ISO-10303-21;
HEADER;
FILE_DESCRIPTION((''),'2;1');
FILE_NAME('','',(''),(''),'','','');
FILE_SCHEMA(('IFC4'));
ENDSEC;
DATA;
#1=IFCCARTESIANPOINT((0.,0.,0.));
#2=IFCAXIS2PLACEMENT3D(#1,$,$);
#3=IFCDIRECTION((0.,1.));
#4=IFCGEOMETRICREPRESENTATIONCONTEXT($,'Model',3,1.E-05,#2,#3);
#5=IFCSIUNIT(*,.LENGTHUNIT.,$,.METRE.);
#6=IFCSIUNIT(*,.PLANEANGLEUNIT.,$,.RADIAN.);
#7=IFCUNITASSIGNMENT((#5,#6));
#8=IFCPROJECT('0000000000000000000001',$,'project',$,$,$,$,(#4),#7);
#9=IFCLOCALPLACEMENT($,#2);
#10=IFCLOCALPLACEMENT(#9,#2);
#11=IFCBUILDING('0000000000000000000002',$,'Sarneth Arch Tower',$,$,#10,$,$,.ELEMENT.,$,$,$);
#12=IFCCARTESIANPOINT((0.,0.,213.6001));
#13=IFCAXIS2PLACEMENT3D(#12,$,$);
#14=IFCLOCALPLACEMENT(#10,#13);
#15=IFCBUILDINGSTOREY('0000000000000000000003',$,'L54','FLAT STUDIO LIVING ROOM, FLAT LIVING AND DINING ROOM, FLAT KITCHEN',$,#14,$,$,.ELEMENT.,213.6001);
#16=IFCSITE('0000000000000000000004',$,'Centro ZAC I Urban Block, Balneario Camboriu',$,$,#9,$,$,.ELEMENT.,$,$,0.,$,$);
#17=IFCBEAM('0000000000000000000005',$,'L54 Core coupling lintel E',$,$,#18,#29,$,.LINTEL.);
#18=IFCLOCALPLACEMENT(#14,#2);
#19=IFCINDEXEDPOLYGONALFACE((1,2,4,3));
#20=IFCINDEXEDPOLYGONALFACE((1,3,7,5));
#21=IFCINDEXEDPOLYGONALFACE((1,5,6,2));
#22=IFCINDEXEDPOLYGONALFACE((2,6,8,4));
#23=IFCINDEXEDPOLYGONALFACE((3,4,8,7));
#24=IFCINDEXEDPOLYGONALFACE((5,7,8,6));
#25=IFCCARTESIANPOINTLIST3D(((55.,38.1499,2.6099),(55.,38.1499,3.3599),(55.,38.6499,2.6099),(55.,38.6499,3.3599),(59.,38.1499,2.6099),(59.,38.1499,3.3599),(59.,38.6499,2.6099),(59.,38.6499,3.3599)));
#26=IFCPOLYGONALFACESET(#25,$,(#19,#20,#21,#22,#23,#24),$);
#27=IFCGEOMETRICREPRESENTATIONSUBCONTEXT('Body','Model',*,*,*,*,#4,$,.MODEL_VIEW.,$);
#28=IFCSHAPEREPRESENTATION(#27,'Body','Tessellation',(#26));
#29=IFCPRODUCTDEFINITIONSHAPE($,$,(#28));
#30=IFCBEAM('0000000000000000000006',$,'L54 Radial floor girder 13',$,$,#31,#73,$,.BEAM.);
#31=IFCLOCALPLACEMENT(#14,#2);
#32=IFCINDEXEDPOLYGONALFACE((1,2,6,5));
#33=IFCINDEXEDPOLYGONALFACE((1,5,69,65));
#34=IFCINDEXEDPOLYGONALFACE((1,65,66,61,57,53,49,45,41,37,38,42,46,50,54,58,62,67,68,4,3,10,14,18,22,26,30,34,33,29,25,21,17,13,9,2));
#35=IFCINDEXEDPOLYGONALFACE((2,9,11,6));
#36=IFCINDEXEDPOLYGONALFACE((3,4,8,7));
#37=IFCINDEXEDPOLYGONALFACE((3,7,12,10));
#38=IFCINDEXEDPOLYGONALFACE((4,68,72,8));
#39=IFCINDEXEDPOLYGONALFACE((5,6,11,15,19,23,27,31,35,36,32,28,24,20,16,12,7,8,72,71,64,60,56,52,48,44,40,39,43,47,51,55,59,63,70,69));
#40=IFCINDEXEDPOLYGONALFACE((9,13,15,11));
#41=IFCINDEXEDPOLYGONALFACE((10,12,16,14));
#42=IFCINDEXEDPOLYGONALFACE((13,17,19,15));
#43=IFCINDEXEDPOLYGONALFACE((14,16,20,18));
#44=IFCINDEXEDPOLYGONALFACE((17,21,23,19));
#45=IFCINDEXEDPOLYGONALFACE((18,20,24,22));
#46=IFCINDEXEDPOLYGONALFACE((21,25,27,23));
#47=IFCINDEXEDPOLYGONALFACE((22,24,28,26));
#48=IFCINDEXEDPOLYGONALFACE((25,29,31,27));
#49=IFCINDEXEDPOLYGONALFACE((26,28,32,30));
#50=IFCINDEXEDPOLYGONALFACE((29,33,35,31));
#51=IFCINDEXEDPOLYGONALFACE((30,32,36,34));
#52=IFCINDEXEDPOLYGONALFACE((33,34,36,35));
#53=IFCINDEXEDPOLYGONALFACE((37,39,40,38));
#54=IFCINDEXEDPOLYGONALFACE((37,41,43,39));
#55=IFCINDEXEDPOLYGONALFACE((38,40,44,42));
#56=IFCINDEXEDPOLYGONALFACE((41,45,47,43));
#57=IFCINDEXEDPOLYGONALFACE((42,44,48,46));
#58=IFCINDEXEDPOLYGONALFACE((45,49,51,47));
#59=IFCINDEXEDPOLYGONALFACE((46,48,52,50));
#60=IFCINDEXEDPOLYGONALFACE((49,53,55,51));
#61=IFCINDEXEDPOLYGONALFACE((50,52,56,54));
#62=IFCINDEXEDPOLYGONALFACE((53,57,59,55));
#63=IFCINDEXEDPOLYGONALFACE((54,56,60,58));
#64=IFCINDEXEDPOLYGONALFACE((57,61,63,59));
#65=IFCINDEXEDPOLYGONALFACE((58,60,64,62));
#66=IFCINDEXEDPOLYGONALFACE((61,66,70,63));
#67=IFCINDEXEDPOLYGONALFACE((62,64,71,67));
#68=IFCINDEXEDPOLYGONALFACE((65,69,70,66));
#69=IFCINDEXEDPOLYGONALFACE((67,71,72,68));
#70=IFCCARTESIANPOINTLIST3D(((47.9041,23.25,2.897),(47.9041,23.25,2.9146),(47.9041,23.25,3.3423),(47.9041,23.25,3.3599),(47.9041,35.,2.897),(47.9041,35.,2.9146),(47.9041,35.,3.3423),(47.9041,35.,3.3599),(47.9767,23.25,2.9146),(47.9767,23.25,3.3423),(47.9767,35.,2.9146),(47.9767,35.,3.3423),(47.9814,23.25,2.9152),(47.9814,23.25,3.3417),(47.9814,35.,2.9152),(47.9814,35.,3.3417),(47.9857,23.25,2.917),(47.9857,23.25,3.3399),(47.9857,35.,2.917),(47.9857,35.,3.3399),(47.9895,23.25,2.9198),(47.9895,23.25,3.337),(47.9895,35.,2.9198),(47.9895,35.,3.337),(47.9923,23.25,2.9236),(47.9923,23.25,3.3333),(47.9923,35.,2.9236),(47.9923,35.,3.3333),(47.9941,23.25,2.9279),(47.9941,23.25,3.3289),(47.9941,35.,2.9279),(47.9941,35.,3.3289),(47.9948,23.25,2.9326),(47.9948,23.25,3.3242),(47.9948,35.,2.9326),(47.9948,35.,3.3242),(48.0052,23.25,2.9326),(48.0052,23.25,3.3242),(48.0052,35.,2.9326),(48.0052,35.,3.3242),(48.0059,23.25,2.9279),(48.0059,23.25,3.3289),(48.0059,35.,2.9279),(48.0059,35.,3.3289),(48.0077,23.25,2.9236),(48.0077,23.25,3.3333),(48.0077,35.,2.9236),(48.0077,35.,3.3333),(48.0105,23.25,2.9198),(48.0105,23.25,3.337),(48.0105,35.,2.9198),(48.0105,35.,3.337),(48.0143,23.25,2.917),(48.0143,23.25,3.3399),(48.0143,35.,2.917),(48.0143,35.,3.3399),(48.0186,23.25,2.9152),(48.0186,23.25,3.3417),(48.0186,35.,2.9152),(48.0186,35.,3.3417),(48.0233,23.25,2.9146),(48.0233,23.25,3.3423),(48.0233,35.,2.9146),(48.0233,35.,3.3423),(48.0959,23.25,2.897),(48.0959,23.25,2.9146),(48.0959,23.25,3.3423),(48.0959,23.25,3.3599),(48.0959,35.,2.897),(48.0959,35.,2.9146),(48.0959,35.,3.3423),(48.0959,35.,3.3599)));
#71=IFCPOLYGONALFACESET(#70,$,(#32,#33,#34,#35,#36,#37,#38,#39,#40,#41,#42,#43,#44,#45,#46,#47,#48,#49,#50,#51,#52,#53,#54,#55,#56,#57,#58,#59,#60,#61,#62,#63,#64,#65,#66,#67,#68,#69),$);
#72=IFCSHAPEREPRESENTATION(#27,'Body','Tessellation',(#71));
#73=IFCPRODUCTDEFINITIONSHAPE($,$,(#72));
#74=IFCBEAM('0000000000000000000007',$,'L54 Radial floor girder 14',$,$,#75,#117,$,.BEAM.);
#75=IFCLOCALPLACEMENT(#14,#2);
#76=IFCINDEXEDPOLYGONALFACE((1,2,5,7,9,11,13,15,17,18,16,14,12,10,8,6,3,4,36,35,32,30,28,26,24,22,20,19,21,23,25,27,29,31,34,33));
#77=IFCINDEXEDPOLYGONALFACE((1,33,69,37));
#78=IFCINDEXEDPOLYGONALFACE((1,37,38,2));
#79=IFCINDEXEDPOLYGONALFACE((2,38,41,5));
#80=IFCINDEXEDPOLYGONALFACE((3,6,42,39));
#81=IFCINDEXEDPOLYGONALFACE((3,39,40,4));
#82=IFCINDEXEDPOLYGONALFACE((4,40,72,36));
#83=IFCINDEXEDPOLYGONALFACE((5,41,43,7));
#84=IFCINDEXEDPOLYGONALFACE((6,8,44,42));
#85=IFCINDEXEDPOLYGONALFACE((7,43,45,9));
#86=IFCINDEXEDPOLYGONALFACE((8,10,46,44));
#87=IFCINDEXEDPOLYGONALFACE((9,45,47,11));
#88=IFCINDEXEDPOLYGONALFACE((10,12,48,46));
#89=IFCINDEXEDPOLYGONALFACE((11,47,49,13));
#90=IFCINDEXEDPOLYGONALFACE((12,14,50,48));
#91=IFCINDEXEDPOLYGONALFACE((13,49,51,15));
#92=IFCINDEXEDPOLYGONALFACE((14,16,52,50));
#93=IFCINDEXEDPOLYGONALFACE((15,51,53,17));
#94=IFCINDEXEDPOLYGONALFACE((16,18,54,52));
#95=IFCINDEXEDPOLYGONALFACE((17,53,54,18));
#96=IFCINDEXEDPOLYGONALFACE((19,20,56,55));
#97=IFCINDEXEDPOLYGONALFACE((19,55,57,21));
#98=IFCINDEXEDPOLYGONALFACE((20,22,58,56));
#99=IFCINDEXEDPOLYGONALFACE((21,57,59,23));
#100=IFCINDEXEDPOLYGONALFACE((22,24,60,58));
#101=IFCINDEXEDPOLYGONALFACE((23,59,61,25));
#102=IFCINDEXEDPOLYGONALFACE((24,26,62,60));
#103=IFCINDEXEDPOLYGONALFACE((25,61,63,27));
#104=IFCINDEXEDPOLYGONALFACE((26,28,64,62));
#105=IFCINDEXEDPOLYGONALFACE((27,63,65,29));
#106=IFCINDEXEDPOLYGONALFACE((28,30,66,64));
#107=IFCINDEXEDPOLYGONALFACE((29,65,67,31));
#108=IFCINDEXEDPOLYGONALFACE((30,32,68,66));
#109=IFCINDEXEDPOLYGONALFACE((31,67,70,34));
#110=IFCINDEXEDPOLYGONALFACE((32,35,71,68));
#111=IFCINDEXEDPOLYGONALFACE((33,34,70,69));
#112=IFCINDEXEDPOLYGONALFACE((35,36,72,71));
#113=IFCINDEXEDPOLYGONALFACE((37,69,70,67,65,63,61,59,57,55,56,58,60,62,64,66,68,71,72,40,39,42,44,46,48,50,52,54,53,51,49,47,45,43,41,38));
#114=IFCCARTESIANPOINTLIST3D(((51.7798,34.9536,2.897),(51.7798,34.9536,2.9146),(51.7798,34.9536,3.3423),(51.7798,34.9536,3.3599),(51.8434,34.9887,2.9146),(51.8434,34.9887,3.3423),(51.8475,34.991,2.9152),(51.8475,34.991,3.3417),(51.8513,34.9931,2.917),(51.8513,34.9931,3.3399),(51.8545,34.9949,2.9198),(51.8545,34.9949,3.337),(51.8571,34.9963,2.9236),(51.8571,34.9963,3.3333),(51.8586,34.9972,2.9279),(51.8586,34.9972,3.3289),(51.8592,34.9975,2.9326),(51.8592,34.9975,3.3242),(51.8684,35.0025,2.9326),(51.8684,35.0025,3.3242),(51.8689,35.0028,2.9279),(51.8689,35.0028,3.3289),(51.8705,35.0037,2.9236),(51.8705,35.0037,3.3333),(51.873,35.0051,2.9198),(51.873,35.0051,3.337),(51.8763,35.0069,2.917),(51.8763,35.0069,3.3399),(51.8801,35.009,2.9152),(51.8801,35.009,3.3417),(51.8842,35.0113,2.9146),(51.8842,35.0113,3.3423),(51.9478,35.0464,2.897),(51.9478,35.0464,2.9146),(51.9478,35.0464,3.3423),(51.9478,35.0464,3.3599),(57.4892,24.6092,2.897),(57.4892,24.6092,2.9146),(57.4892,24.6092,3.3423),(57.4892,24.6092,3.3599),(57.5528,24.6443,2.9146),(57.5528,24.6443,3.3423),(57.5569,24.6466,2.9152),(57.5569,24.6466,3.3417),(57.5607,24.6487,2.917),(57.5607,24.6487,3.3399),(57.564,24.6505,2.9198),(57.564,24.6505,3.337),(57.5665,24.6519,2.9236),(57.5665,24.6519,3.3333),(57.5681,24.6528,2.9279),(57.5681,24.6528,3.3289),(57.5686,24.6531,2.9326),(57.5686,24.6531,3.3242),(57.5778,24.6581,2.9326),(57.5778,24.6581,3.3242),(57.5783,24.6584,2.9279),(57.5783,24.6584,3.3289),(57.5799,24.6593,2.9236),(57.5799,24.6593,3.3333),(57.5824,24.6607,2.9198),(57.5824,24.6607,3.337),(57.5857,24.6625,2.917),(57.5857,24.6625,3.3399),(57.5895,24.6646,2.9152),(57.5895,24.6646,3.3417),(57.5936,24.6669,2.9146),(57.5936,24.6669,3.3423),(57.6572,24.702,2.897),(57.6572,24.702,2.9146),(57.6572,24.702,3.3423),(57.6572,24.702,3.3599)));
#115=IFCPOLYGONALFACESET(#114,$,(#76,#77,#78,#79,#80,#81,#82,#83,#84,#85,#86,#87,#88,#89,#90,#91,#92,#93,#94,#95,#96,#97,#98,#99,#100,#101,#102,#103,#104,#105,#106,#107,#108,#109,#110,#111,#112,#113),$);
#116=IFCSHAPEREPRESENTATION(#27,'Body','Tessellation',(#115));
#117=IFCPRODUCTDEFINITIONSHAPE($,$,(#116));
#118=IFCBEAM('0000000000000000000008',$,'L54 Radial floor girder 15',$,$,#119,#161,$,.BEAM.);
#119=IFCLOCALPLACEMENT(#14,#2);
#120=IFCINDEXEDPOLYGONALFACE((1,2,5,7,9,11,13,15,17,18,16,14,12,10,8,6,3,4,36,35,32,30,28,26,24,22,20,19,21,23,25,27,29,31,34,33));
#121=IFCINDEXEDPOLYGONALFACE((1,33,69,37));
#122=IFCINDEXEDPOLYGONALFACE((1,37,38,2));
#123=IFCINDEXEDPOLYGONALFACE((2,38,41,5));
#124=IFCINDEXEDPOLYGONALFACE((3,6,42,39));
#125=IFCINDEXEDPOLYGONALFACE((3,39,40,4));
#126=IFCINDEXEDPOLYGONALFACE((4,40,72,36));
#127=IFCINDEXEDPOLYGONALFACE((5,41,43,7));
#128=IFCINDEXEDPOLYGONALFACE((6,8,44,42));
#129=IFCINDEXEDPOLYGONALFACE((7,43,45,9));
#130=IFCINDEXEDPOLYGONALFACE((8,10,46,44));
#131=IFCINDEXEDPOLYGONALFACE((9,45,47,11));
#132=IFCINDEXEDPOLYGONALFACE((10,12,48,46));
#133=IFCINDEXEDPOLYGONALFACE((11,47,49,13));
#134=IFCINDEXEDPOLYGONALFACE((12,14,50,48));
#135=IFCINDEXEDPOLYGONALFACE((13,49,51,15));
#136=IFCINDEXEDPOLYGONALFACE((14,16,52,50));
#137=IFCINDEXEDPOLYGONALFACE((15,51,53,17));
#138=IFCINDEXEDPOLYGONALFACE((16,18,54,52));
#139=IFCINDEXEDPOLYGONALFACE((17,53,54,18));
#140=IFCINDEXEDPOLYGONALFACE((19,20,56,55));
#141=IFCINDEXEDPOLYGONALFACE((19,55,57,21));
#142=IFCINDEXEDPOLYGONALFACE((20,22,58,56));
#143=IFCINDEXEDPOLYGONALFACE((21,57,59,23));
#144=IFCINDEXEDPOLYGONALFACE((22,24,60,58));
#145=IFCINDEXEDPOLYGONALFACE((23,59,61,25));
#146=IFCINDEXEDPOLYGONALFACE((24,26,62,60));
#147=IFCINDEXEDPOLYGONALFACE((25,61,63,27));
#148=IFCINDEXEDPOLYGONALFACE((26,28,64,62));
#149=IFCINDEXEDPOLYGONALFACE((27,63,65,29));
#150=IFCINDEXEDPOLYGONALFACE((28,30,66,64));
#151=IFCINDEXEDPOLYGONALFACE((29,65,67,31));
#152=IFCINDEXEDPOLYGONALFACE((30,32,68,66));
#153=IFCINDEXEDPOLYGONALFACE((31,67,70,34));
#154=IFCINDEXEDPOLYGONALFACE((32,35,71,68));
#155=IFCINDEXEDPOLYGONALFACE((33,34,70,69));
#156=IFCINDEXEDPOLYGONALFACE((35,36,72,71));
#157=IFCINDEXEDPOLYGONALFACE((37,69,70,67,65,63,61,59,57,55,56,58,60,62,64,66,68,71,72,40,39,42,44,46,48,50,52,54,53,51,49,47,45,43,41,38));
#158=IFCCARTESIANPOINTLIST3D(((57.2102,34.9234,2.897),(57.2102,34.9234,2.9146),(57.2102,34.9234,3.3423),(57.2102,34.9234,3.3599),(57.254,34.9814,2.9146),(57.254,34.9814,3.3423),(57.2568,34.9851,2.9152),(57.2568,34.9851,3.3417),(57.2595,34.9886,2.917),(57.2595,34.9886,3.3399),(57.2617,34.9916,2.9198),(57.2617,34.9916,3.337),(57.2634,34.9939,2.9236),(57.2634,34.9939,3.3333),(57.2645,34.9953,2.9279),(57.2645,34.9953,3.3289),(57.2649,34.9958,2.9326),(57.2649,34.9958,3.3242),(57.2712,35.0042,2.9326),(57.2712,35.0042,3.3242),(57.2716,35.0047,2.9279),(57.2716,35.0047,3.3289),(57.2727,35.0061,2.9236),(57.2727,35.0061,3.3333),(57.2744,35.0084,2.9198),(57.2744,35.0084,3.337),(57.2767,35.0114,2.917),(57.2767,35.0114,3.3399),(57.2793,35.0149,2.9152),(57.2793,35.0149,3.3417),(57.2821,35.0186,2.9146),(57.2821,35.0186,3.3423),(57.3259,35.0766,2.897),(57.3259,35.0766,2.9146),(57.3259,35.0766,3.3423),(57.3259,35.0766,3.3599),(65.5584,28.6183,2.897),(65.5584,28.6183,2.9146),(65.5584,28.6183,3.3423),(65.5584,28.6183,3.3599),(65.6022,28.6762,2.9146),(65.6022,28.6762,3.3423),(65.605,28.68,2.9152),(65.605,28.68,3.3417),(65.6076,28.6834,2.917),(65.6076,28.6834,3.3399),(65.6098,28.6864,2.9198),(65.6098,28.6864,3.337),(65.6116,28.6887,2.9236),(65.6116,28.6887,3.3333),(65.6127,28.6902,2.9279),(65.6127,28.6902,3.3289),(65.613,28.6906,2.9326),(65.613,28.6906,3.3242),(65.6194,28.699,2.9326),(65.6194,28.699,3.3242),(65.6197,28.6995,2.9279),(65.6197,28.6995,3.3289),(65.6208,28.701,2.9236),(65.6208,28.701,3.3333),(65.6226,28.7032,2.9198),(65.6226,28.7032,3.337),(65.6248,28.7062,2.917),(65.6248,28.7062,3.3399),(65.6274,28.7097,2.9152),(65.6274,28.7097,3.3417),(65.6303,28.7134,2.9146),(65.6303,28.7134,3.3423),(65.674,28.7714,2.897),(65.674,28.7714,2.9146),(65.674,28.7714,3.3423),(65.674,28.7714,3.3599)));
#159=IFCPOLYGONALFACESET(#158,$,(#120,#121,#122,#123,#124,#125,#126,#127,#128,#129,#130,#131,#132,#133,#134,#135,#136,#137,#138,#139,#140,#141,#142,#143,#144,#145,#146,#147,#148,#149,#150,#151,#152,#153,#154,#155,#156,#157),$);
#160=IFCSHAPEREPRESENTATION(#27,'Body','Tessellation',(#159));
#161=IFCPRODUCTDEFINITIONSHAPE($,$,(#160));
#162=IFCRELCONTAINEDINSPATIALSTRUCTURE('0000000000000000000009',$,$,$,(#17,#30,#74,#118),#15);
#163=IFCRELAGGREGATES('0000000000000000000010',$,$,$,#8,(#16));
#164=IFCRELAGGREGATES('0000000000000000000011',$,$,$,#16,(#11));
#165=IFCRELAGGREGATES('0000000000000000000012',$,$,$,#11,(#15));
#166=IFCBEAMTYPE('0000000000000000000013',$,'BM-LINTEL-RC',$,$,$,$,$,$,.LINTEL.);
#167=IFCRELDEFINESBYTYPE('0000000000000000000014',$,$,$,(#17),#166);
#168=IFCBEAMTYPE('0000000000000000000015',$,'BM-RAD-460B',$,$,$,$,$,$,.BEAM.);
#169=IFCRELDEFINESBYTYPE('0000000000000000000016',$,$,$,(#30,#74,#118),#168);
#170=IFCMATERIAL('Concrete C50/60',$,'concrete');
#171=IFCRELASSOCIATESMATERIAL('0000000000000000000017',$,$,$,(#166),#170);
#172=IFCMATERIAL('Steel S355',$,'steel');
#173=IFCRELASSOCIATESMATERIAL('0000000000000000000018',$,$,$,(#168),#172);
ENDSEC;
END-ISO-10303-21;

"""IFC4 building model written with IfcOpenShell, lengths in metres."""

from ifc_helpers import new_model, si_unit, direction, frame, origin, origin_2d, place, context, subcontext, project, spatial, rectangle, i_section, extrude, material, material_profile, profile_set, type_object, element, save


model = new_model("IFC4")

# Units and contexts
model_context = context("Model", 3, precision=1e-05, world=origin(), true_north=direction((0.0, 1.0)))
body_context = subcontext(model_context, "Body", "Model", "MODEL_VIEW")
ifc_project = project(units=[si_unit("LENGTHUNIT", "METRE"), si_unit("PLANEANGLEUNIT", "RADIAN")], contexts=[model_context])

# Site, building, storey
site_placement = place(None, origin())
site = spatial("IfcSite", under=ifc_project, at=site_placement, Name="Centro ZAC I Urban Block, Balneario Camboriu", CompositionType="ELEMENT", RefElevation=0.0)
building_placement = place(site_placement, origin())
building = spatial("IfcBuilding", under=site, at=building_placement, Name="Sarneth Arch Tower", CompositionType="ELEMENT")
storey_placement = place(building_placement, frame((0.0, 0.0, 213.6001)))
storey = spatial("IfcBuildingStorey", under=building, at=storey_placement, Name="L54", Description="FLAT STUDIO LIVING ROOM, FLAT LIVING AND DINING ROOM, FLAT KITCHEN", CompositionType="ELEMENT", Elevation=213.6001)

# Beams
ifc_material_1 = material(Name="Concrete C50/60", Category="concrete")
ifc_material_profile_1 = material_profile(ifc_material_1, rectangle(XDim=0.5, YDim=0.75, at=origin_2d()), Name="RC-500x750")
ifc_profile_set_1 = profile_set([ifc_material_profile_1], Name="Concrete C50/60")
beam_type_1 = type_object("IfcBeamType", Name="BM-LINTEL-RC", PredefinedType="LINTEL", material=ifc_profile_set_1)
beam_1_placement = place(storey_placement, frame((55.0, 38.3999, 2.9849), z_axis=(1.0, 0.0, 0.0), x_axis=(0.0, 1.0, 0.0)))
element("IfcBeam", 1, at=beam_1_placement, inside=storey, type_object=beam_type_1, Name="L54 Core coupling lintel E", PredefinedType="LINTEL", context=body_context, shape_type="SweptSolid", body=[
    extrude(rectangle(XDim=0.5, YDim=0.75, at=origin_2d()), origin(), (0.0, 0.0, 1.0), 4.0),
])
ifc_material_2 = material(Name="Steel S355", Category="steel")
ifc_material_profile_2 = material_profile(ifc_material_2, i_section(OverallWidth=0.1919, OverallDepth=0.4629, WebThickness=0.0105, FlangeThickness=0.0176, FilletRadius=0.0181, at=origin_2d()), Name="W460x89")
ifc_profile_set_2 = profile_set([ifc_material_profile_2], Name="Steel S355")
beam_type_2 = type_object("IfcBeamType", Name="BM-RAD-460B", PredefinedType="BEAM", material=ifc_profile_set_2)
beam_2_placement = place(storey_placement, frame((48.0, 35.0, 3.1284), z_axis=(0.0, -1.0, 0.0), x_axis=(1.0, 0.0, 0.0)))
element("IfcBeam", 2, at=beam_2_placement, inside=storey, type_object=beam_type_2, Name="L54 Radial floor girder 13", PredefinedType="BEAM", context=body_context, shape_type="SweptSolid", body=[
    extrude(i_section(OverallWidth=0.1919, OverallDepth=0.4629, WebThickness=0.0105, FlangeThickness=0.0176, FilletRadius=0.0181, at=origin_2d()), origin(), (0.0, 0.0, 1.0), 11.75),
])
beam_3_placement = place(storey_placement, frame((51.8638, 35.0, 3.1284), z_axis=(0.483218, -0.8755, 0.0), x_axis=(0.8755, 0.483218, 0.0)))
element("IfcBeam", 3, at=beam_3_placement, inside=storey, type_object=beam_type_2, Name="L54 Radial floor girder 14", PredefinedType="BEAM", context=body_context, shape_type="SweptSolid", body=[
    extrude(i_section(OverallWidth=0.1919, OverallDepth=0.4629, WebThickness=0.0105, FlangeThickness=0.0176, FilletRadius=0.0181, at=origin_2d()), origin(), (0.0, 0.0, 1.0), 11.8154),
])
beam_4_placement = place(storey_placement, frame((57.2681, 35.0, 3.1284), z_axis=(0.797974, -0.602692, 0.0), x_axis=(0.602692, 0.797974, 0.0)))
element("IfcBeam", 4, at=beam_4_placement, inside=storey, type_object=beam_type_2, Name="L54 Radial floor girder 15", PredefinedType="BEAM", context=body_context, shape_type="SweptSolid", body=[
    extrude(i_section(OverallWidth=0.1919, OverallDepth=0.4629, WebThickness=0.0105, FlangeThickness=0.0176, FilletRadius=0.0181, at=origin_2d()), origin(), (0.0, 0.0, 1.0), 10.4617),
])

save(model, "model.ifc")
